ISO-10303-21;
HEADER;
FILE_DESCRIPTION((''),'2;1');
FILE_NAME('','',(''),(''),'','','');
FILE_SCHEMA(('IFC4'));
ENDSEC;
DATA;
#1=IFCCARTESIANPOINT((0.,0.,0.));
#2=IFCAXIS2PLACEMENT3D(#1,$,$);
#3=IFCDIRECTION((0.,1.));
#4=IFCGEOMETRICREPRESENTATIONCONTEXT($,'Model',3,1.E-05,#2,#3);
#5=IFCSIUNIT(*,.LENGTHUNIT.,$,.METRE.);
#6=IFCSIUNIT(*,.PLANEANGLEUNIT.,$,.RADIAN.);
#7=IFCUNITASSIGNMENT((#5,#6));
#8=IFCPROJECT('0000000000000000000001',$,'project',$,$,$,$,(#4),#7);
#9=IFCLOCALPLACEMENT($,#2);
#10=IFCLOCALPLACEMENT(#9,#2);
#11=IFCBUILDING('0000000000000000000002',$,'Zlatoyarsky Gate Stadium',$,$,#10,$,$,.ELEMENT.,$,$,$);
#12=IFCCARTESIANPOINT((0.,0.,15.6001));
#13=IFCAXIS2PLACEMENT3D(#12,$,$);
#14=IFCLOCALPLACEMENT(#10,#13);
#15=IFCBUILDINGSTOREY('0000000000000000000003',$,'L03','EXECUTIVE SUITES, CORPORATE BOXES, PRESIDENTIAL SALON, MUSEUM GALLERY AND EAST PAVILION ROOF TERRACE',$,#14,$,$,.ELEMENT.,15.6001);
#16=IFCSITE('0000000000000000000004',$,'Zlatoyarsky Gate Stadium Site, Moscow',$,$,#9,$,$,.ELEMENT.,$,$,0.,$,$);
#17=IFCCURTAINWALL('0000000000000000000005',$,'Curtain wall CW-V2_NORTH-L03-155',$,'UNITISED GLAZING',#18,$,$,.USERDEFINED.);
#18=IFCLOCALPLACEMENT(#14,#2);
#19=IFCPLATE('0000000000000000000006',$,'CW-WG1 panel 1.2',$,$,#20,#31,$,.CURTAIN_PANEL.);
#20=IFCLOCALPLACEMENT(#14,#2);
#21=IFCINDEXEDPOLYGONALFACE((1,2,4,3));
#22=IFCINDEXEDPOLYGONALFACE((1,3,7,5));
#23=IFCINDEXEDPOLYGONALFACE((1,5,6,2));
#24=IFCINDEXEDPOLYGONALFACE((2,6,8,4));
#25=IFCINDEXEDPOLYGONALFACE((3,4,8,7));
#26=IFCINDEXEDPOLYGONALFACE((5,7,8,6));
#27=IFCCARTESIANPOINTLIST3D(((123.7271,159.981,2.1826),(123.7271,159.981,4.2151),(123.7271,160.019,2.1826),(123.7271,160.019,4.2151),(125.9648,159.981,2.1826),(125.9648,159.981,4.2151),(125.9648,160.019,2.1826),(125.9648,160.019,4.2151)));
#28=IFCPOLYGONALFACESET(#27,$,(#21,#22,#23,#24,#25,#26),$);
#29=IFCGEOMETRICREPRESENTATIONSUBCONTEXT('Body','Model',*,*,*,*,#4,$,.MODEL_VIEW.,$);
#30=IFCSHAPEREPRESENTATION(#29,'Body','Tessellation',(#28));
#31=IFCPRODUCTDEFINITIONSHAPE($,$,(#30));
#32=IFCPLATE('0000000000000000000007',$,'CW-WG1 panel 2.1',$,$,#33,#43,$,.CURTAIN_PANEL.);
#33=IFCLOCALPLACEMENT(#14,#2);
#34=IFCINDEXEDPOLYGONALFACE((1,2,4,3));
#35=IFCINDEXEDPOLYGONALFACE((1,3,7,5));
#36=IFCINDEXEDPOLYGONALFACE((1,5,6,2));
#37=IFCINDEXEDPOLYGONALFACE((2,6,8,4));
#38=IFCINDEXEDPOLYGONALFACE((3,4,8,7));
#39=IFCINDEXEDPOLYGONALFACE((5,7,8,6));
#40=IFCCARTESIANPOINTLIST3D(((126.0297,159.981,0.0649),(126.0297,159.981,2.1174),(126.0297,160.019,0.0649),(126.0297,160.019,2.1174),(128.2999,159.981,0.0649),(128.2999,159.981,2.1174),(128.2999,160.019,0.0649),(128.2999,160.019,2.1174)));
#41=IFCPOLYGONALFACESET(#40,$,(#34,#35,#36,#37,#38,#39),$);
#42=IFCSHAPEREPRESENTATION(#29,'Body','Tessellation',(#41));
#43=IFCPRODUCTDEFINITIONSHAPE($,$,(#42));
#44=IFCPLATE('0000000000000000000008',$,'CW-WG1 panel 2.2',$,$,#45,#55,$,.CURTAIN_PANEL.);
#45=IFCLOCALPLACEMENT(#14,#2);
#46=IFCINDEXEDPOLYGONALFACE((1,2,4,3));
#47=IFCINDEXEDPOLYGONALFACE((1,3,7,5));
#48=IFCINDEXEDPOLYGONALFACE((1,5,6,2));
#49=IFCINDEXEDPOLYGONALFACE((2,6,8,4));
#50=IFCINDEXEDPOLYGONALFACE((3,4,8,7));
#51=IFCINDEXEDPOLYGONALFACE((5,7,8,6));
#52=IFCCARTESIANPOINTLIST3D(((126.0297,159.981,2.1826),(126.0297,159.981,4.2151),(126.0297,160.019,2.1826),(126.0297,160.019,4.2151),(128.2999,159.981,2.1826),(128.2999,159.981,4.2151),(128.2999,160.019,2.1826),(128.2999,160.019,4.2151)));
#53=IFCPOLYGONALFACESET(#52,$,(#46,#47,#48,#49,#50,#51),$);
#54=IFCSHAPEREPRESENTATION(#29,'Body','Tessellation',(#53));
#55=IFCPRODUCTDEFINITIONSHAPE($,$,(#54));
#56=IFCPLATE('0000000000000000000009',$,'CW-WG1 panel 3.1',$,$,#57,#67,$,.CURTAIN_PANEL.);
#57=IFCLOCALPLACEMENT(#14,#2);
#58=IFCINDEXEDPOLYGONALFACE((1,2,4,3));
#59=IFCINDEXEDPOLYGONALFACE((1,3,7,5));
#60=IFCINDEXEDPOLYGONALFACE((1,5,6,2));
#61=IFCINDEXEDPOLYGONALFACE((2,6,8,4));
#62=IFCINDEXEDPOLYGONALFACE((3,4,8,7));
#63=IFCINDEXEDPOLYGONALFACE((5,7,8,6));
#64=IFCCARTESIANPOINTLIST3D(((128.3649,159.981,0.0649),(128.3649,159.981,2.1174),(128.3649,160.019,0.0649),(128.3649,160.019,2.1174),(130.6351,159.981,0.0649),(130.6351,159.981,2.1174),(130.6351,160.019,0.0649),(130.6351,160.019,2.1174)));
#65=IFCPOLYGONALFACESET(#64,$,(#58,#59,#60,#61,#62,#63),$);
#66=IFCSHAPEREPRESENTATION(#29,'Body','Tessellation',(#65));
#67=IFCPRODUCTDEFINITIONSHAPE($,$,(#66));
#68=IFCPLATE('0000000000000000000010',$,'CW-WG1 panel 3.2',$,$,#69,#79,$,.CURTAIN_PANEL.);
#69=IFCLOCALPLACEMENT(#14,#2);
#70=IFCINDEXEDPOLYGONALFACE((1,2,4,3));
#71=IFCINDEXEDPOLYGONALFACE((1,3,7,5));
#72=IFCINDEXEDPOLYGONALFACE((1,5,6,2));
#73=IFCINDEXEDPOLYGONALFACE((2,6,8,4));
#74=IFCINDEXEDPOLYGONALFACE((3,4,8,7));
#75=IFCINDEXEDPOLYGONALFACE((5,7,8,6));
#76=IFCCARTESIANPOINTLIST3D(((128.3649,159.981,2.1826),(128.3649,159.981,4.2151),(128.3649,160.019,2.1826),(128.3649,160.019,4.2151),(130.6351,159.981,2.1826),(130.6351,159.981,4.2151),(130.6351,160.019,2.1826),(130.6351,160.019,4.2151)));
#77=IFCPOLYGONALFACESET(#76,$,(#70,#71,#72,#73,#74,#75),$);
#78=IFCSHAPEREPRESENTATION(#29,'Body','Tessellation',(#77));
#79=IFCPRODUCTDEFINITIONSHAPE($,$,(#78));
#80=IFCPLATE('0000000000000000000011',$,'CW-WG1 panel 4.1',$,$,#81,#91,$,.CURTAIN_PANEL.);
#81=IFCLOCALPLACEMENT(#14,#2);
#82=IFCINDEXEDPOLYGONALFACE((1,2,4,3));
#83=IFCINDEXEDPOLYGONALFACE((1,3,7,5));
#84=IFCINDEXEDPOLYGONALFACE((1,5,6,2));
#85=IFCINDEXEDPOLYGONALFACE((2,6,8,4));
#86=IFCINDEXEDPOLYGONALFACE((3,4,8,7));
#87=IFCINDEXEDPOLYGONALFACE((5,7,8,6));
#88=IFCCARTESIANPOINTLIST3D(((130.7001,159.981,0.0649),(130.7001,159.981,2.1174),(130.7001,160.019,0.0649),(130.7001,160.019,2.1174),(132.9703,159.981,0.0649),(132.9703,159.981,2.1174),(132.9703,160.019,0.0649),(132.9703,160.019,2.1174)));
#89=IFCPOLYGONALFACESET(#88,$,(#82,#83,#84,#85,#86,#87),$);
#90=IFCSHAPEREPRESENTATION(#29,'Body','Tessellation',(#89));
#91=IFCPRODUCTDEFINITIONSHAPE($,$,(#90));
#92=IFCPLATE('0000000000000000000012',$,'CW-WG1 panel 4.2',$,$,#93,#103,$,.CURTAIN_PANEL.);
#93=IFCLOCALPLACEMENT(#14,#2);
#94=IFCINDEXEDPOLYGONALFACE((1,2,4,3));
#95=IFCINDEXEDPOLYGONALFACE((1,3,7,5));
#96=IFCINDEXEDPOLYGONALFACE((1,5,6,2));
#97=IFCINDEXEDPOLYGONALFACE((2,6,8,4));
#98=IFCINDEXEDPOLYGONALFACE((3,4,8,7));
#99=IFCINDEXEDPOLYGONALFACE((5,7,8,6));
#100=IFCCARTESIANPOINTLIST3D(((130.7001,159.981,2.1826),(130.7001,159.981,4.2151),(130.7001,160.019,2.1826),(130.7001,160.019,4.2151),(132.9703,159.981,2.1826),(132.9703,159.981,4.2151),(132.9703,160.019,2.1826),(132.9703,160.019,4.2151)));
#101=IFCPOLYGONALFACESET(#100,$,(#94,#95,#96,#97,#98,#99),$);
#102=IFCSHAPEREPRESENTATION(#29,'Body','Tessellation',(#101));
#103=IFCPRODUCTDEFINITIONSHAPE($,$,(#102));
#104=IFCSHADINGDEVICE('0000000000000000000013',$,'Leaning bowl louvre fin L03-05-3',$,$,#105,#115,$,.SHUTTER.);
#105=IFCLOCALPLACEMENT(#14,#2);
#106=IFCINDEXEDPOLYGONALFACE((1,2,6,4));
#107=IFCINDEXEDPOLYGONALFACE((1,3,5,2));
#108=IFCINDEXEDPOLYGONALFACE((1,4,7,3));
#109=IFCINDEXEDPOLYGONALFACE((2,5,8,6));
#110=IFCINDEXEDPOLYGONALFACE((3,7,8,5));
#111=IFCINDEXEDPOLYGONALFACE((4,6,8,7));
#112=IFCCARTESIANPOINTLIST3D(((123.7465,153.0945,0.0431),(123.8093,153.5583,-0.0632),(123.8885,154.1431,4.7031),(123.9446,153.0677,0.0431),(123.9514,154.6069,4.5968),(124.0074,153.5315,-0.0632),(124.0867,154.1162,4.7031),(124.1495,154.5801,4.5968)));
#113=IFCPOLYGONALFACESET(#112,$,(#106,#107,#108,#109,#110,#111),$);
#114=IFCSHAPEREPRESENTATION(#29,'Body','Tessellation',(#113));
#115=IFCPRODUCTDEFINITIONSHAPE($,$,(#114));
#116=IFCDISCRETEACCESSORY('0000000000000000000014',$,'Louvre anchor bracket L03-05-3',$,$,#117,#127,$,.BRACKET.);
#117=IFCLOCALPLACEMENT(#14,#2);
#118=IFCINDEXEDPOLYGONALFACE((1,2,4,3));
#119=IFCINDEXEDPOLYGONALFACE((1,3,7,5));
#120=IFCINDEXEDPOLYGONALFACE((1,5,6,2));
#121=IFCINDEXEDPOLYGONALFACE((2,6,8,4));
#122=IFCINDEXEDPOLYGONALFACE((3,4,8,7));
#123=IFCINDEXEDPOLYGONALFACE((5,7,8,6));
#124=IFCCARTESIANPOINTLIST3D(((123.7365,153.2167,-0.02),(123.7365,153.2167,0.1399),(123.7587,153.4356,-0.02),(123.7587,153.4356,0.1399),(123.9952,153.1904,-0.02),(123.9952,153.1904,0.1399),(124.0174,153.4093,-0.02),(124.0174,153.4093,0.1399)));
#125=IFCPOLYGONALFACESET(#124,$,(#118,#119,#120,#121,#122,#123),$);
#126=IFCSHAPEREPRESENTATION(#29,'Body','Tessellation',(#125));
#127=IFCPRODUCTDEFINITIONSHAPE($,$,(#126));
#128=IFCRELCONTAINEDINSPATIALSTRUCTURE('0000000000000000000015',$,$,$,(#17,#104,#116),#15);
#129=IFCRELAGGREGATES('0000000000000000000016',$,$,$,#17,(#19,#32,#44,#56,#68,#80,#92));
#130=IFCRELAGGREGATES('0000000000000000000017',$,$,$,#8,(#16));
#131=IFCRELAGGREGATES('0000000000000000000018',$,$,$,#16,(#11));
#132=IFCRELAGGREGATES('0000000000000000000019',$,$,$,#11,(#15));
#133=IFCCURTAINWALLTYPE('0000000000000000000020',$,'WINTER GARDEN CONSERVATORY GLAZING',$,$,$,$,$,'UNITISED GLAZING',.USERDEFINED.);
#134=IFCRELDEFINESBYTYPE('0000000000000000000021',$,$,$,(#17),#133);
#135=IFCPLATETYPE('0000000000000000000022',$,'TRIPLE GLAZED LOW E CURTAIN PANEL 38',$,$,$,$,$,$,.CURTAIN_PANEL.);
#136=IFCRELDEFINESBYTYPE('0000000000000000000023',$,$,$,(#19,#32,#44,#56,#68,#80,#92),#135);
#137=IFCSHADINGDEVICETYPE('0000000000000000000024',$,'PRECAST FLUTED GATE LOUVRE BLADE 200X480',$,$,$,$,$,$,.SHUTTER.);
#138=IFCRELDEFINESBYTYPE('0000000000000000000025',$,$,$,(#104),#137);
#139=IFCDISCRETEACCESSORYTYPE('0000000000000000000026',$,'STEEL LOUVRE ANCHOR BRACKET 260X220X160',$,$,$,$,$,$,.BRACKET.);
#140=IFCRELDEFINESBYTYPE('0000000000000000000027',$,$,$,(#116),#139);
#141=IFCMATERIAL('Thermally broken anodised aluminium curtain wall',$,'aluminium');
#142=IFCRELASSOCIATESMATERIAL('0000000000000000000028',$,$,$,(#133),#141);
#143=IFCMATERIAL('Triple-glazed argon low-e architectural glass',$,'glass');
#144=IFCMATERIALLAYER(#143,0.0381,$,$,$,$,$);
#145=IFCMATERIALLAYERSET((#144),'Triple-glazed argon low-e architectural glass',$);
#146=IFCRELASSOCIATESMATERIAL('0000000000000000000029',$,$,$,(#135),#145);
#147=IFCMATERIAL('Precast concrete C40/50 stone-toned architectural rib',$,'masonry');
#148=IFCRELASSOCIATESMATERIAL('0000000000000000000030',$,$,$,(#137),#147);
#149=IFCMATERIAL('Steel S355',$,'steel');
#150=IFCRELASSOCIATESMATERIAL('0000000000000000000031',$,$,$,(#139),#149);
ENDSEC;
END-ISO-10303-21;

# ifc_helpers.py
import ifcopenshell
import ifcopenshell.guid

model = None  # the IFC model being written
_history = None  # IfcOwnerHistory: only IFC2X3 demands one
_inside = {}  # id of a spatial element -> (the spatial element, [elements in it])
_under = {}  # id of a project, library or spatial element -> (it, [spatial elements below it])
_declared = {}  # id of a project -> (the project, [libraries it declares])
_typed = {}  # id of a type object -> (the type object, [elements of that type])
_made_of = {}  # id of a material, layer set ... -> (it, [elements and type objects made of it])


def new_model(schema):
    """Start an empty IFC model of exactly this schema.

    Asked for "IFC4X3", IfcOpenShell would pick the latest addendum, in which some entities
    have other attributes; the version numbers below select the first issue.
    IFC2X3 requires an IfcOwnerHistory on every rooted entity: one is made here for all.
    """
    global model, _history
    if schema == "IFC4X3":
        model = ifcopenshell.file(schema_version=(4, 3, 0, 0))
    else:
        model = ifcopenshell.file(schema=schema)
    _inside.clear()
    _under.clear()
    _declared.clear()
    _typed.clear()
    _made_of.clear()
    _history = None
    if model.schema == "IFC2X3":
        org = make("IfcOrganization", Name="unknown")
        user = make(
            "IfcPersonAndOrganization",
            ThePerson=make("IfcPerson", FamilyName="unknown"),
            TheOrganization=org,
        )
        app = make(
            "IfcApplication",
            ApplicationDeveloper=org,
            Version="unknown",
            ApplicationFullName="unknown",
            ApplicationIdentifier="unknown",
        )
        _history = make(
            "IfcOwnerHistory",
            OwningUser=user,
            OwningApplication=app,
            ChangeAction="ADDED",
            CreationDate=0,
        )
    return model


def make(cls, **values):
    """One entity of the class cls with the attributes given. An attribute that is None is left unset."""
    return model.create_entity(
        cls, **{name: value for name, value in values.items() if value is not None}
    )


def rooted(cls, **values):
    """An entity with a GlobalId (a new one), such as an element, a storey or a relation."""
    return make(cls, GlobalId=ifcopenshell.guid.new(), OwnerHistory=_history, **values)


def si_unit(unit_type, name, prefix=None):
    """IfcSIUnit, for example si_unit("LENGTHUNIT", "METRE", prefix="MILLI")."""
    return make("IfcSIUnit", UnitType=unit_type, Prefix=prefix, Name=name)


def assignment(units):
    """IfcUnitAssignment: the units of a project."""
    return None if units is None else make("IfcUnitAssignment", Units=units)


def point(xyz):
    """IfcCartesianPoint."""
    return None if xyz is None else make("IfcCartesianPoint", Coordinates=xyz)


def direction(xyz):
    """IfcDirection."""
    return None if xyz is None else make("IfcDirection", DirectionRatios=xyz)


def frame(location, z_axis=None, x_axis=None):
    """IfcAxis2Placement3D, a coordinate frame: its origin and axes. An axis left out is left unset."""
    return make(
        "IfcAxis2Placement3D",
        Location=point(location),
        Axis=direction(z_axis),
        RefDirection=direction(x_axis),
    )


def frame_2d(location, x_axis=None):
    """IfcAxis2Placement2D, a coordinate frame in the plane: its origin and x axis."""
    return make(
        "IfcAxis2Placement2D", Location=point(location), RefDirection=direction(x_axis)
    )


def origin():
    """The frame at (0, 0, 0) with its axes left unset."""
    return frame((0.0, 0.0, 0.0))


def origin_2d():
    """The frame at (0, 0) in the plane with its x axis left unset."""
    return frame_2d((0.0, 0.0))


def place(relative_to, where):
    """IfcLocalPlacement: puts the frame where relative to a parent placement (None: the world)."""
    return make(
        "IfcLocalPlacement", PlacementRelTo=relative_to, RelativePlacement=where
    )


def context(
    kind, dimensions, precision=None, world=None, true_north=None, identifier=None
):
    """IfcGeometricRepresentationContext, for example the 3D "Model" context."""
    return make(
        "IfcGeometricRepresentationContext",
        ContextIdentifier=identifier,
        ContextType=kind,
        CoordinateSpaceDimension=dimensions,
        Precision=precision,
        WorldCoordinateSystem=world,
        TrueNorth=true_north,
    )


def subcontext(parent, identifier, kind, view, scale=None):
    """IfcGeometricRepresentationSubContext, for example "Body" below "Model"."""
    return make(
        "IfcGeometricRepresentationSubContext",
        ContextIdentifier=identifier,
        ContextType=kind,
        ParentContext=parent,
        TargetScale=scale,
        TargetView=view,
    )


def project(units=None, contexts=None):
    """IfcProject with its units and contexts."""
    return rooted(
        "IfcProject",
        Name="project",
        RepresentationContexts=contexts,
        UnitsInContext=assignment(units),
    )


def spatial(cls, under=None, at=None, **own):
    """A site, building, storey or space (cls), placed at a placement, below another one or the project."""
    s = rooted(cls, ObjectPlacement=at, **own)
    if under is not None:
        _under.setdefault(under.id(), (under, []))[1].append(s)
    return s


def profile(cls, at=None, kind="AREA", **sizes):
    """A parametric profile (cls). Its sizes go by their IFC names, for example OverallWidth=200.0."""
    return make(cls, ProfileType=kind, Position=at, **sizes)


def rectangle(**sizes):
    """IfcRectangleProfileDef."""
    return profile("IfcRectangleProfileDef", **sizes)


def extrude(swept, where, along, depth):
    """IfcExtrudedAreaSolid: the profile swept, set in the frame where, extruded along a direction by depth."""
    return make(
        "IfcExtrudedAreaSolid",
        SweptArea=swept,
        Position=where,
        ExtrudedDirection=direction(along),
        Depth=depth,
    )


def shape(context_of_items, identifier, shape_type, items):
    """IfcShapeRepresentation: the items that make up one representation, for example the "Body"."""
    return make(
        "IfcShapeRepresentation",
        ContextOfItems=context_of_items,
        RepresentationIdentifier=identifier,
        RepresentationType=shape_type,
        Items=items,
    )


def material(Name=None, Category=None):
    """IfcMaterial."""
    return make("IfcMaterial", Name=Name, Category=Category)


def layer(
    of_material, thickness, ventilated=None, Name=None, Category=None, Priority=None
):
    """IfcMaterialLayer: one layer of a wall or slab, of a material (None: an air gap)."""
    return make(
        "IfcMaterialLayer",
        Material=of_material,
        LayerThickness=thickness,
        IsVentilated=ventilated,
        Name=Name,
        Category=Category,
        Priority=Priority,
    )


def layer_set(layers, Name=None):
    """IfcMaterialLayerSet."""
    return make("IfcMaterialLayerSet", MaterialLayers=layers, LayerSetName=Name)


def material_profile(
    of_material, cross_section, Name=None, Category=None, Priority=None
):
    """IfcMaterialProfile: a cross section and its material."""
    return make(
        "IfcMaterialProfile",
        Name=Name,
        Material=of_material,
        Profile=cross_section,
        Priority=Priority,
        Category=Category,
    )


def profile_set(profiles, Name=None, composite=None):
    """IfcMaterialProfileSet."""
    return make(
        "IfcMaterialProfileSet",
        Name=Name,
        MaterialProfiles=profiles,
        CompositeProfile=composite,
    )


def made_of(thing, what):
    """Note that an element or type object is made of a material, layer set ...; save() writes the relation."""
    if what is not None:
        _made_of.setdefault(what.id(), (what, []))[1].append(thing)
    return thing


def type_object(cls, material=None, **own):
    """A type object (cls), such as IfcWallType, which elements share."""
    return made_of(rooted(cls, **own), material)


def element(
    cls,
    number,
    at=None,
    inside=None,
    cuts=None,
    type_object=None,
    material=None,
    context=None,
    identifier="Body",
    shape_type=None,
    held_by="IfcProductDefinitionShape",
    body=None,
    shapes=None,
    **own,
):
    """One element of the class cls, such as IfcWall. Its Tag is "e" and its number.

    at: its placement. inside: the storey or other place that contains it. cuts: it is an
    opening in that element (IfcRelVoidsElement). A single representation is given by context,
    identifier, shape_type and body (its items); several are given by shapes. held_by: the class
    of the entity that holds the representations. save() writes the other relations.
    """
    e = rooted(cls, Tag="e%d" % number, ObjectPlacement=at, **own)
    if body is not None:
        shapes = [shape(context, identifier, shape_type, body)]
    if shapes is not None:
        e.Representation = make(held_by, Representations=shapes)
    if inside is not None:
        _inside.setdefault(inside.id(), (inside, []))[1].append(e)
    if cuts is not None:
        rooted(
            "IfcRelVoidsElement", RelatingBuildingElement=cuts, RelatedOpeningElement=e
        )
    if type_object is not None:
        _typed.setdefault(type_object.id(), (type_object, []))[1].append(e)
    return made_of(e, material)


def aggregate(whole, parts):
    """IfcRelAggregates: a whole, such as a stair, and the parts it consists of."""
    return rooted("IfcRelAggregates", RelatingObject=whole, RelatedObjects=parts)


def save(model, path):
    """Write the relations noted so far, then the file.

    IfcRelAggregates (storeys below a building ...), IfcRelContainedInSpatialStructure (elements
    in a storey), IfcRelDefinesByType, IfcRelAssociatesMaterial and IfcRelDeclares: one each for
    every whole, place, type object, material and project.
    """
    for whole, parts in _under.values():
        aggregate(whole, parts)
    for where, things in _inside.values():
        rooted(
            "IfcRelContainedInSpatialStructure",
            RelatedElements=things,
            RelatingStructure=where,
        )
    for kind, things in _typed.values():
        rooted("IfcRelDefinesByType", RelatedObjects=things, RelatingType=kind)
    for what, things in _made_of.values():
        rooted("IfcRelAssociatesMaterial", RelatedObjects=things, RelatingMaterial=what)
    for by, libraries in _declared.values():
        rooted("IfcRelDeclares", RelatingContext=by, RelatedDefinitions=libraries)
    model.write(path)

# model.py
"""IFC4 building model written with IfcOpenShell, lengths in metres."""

from ifc_helpers import new_model, si_unit, direction, frame, origin, origin_2d, place, context, subcontext, project, spatial, rectangle, extrude, material, layer, layer_set, material_profile, profile_set, type_object, element, aggregate, save


model = new_model("IFC4")

# Units and contexts
model_context = context("Model", 3, precision=1e-05, world=origin(), true_north=direction((0.0, 1.0)))
body_context = subcontext(model_context, "Body", "Model", "MODEL_VIEW")
ifc_project = project(units=[si_unit("LENGTHUNIT", "METRE"), si_unit("PLANEANGLEUNIT", "RADIAN")], contexts=[model_context])

# Site, building, storey
site_placement = place(None, origin())
site = spatial("IfcSite", under=ifc_project, at=site_placement, Name="Zlatoyarsky Gate Stadium Site, Moscow", CompositionType="ELEMENT", RefElevation=0.0)
building_placement = place(site_placement, origin())
building = spatial("IfcBuilding", under=site, at=building_placement, Name="Zlatoyarsky Gate Stadium", CompositionType="ELEMENT")
storey_placement = place(building_placement, frame((0.0, 0.0, 15.6001)))
storey = spatial("IfcBuildingStorey", under=building, at=storey_placement, Name="L03", Description="EXECUTIVE SUITES, CORPORATE BOXES, PRESIDENTIAL SALON, MUSEUM GALLERY AND EAST PAVILION ROOF TERRACE", CompositionType="ELEMENT", Elevation=15.6001)

# Curtain wall, plates
ifc_material_1 = material(Name="Thermally broken anodised aluminium curtain wall", Category="aluminium")
curtain_wall_type = type_object("IfcCurtainWallType", Name="WINTER GARDEN CONSERVATORY GLAZING", ElementType="UNITISED GLAZING", PredefinedType="USERDEFINED", material=ifc_material_1)
curtain_wall_placement = place(storey_placement, origin())
curtain_wall = element("IfcCurtainWall", 1, at=curtain_wall_placement, inside=storey, type_object=curtain_wall_type, Name="Curtain wall CW-V2_NORTH-L03-155", ObjectType="UNITISED GLAZING", PredefinedType="USERDEFINED")
ifc_material_2 = material(Name="Triple-glazed argon low-e architectural glass", Category="glass")
ifc_layer = layer(ifc_material_2, 0.0381)
ifc_layer_set = layer_set([ifc_layer], Name="Triple-glazed argon low-e architectural glass")
plate_type = type_object("IfcPlateType", Name="TRIPLE GLAZED LOW E CURTAIN PANEL 38", PredefinedType="CURTAIN_PANEL", material=ifc_layer_set)
plate_1_placement = place(storey_placement, frame((124.8459, 160.0, 2.1826), z_axis=(0.0, 0.0, 1.0), x_axis=(1.0, 0.0, 0.0)))
plate_1 = element("IfcPlate", 2, at=plate_1_placement, type_object=plate_type, Name="CW-WG1 panel 1.2", PredefinedType="CURTAIN_PANEL", context=body_context, shape_type="SweptSolid", body=[
    extrude(rectangle(XDim=2.2378, YDim=0.0381, at=origin_2d()), origin(), (0.0, 0.0, 1.0), 2.0325),
])
plate_2_placement = place(storey_placement, frame((127.1648, 160.0, 0.0649), z_axis=(0.0, 0.0, 1.0), x_axis=(1.0, 0.0, 0.0)))
plate_2 = element("IfcPlate", 3, at=plate_2_placement, type_object=plate_type, Name="CW-WG1 panel 2.1", PredefinedType="CURTAIN_PANEL", context=body_context, shape_type="SweptSolid", body=[
    extrude(rectangle(XDim=2.2703, YDim=0.0381, at=origin_2d()), origin(), (0.0, 0.0, 1.0), 2.0525),
])
plate_3_placement = place(storey_placement, frame((127.1648, 160.0, 2.1826), z_axis=(0.0, 0.0, 1.0), x_axis=(1.0, 0.0, 0.0)))
plate_3 = element("IfcPlate", 4, at=plate_3_placement, type_object=plate_type, Name="CW-WG1 panel 2.2", PredefinedType="CURTAIN_PANEL", context=body_context, shape_type="SweptSolid", body=[
    extrude(rectangle(XDim=2.2703, YDim=0.0381, at=origin_2d()), origin(), (0.0, 0.0, 1.0), 2.0325),
])
plate_4_placement = place(storey_placement, frame((129.5, 160.0, 0.0649), z_axis=(0.0, 0.0, 1.0), x_axis=(1.0, 0.0, 0.0)))
plate_4 = element("IfcPlate", 5, at=plate_4_placement, type_object=plate_type, Name="CW-WG1 panel 3.1", PredefinedType="CURTAIN_PANEL", context=body_context, shape_type="SweptSolid", body=[
    extrude(rectangle(XDim=2.2703, YDim=0.0381, at=origin_2d()), origin(), (0.0, 0.0, 1.0), 2.0525),
])
plate_5_placement = place(storey_placement, frame((129.5, 160.0, 2.1826), z_axis=(0.0, 0.0, 1.0), x_axis=(1.0, 0.0, 0.0)))
plate_5 = element("IfcPlate", 6, at=plate_5_placement, type_object=plate_type, Name="CW-WG1 panel 3.2", PredefinedType="CURTAIN_PANEL", context=body_context, shape_type="SweptSolid", body=[
    extrude(rectangle(XDim=2.2703, YDim=0.0381, at=origin_2d()), origin(), (0.0, 0.0, 1.0), 2.0325),
])
plate_6_placement = place(storey_placement, frame((131.8352, 160.0, 0.0649), z_axis=(0.0, 0.0, 1.0), x_axis=(1.0, 0.0, 0.0)))
plate_6 = element("IfcPlate", 7, at=plate_6_placement, type_object=plate_type, Name="CW-WG1 panel 4.1", PredefinedType="CURTAIN_PANEL", context=body_context, shape_type="SweptSolid", body=[
    extrude(rectangle(XDim=2.2703, YDim=0.0381, at=origin_2d()), origin(), (0.0, 0.0, 1.0), 2.0525),
])
plate_7_placement = place(storey_placement, frame((131.8352, 160.0, 2.1826), z_axis=(0.0, 0.0, 1.0), x_axis=(1.0, 0.0, 0.0)))
plate_7 = element("IfcPlate", 8, at=plate_7_placement, type_object=plate_type, Name="CW-WG1 panel 4.2", PredefinedType="CURTAIN_PANEL", context=body_context, shape_type="SweptSolid", body=[
    extrude(rectangle(XDim=2.2703, YDim=0.0381, at=origin_2d()), origin(), (0.0, 0.0, 1.0), 2.0325),
])
aggregate(curtain_wall, [plate_1, plate_2, plate_3, plate_4, plate_5, plate_6, plate_7])

# Shading device
ifc_material_3 = material(Name="Precast concrete C40/50 stone-toned architectural rib", Category="masonry")
ifc_material_profile_1 = material_profile(ifc_material_3, rectangle(XDim=0.2, YDim=0.48, at=origin_2d()), Name="RIB 200X480")
ifc_profile_set_1 = profile_set([ifc_material_profile_1], Name="Precast concrete C40/50 stone-toned architectural rib")
shading_device_type = type_object("IfcShadingDeviceType", Name="PRECAST FLUTED GATE LOUVRE BLADE 200X480", PredefinedType="SHUTTER", material=ifc_profile_set_1)
shading_device_placement = place(storey_placement, frame((123.877, 153.313, -0.01), z_axis=(0.029735, 0.219436, 0.975174), x_axis=(-0.990944, 0.134279, 0.0)))
element("IfcShadingDevice", 9, at=shading_device_placement, inside=storey, type_object=shading_device_type, Name="Leaning bowl louvre fin L03-05-3", PredefinedType="SHUTTER", context=body_context, shape_type="SweptSolid", body=[
    extrude(rectangle(XDim=0.2, YDim=0.48, at=origin_2d()), origin(), (0.0, 0.0, 1.0), 4.7786),
])

# Discrete accessory
ifc_material_4 = material(Name="Steel S355", Category="steel")
discrete_accessory_type = type_object("IfcDiscreteAccessoryType", Name="STEEL LOUVRE ANCHOR BRACKET 260X220X160", PredefinedType="BRACKET", material=ifc_material_4)
discrete_accessory_placement = place(storey_placement, frame((123.877, 153.313, -0.02), z_axis=(0.0, 0.0, 1.0), x_axis=(-0.994871, 0.101155, 0.0)))
element("IfcDiscreteAccessory", 10, at=discrete_accessory_placement, inside=storey, type_object=discrete_accessory_type, Name="Louvre anchor bracket L03-05-3", PredefinedType="BRACKET", context=body_context, shape_type="SweptSolid", body=[
    extrude(rectangle(XDim=0.26, YDim=0.22, at=origin_2d()), origin(), (0.0, 0.0, 1.0), 0.1599),
])

save(model, "model.ifc")
